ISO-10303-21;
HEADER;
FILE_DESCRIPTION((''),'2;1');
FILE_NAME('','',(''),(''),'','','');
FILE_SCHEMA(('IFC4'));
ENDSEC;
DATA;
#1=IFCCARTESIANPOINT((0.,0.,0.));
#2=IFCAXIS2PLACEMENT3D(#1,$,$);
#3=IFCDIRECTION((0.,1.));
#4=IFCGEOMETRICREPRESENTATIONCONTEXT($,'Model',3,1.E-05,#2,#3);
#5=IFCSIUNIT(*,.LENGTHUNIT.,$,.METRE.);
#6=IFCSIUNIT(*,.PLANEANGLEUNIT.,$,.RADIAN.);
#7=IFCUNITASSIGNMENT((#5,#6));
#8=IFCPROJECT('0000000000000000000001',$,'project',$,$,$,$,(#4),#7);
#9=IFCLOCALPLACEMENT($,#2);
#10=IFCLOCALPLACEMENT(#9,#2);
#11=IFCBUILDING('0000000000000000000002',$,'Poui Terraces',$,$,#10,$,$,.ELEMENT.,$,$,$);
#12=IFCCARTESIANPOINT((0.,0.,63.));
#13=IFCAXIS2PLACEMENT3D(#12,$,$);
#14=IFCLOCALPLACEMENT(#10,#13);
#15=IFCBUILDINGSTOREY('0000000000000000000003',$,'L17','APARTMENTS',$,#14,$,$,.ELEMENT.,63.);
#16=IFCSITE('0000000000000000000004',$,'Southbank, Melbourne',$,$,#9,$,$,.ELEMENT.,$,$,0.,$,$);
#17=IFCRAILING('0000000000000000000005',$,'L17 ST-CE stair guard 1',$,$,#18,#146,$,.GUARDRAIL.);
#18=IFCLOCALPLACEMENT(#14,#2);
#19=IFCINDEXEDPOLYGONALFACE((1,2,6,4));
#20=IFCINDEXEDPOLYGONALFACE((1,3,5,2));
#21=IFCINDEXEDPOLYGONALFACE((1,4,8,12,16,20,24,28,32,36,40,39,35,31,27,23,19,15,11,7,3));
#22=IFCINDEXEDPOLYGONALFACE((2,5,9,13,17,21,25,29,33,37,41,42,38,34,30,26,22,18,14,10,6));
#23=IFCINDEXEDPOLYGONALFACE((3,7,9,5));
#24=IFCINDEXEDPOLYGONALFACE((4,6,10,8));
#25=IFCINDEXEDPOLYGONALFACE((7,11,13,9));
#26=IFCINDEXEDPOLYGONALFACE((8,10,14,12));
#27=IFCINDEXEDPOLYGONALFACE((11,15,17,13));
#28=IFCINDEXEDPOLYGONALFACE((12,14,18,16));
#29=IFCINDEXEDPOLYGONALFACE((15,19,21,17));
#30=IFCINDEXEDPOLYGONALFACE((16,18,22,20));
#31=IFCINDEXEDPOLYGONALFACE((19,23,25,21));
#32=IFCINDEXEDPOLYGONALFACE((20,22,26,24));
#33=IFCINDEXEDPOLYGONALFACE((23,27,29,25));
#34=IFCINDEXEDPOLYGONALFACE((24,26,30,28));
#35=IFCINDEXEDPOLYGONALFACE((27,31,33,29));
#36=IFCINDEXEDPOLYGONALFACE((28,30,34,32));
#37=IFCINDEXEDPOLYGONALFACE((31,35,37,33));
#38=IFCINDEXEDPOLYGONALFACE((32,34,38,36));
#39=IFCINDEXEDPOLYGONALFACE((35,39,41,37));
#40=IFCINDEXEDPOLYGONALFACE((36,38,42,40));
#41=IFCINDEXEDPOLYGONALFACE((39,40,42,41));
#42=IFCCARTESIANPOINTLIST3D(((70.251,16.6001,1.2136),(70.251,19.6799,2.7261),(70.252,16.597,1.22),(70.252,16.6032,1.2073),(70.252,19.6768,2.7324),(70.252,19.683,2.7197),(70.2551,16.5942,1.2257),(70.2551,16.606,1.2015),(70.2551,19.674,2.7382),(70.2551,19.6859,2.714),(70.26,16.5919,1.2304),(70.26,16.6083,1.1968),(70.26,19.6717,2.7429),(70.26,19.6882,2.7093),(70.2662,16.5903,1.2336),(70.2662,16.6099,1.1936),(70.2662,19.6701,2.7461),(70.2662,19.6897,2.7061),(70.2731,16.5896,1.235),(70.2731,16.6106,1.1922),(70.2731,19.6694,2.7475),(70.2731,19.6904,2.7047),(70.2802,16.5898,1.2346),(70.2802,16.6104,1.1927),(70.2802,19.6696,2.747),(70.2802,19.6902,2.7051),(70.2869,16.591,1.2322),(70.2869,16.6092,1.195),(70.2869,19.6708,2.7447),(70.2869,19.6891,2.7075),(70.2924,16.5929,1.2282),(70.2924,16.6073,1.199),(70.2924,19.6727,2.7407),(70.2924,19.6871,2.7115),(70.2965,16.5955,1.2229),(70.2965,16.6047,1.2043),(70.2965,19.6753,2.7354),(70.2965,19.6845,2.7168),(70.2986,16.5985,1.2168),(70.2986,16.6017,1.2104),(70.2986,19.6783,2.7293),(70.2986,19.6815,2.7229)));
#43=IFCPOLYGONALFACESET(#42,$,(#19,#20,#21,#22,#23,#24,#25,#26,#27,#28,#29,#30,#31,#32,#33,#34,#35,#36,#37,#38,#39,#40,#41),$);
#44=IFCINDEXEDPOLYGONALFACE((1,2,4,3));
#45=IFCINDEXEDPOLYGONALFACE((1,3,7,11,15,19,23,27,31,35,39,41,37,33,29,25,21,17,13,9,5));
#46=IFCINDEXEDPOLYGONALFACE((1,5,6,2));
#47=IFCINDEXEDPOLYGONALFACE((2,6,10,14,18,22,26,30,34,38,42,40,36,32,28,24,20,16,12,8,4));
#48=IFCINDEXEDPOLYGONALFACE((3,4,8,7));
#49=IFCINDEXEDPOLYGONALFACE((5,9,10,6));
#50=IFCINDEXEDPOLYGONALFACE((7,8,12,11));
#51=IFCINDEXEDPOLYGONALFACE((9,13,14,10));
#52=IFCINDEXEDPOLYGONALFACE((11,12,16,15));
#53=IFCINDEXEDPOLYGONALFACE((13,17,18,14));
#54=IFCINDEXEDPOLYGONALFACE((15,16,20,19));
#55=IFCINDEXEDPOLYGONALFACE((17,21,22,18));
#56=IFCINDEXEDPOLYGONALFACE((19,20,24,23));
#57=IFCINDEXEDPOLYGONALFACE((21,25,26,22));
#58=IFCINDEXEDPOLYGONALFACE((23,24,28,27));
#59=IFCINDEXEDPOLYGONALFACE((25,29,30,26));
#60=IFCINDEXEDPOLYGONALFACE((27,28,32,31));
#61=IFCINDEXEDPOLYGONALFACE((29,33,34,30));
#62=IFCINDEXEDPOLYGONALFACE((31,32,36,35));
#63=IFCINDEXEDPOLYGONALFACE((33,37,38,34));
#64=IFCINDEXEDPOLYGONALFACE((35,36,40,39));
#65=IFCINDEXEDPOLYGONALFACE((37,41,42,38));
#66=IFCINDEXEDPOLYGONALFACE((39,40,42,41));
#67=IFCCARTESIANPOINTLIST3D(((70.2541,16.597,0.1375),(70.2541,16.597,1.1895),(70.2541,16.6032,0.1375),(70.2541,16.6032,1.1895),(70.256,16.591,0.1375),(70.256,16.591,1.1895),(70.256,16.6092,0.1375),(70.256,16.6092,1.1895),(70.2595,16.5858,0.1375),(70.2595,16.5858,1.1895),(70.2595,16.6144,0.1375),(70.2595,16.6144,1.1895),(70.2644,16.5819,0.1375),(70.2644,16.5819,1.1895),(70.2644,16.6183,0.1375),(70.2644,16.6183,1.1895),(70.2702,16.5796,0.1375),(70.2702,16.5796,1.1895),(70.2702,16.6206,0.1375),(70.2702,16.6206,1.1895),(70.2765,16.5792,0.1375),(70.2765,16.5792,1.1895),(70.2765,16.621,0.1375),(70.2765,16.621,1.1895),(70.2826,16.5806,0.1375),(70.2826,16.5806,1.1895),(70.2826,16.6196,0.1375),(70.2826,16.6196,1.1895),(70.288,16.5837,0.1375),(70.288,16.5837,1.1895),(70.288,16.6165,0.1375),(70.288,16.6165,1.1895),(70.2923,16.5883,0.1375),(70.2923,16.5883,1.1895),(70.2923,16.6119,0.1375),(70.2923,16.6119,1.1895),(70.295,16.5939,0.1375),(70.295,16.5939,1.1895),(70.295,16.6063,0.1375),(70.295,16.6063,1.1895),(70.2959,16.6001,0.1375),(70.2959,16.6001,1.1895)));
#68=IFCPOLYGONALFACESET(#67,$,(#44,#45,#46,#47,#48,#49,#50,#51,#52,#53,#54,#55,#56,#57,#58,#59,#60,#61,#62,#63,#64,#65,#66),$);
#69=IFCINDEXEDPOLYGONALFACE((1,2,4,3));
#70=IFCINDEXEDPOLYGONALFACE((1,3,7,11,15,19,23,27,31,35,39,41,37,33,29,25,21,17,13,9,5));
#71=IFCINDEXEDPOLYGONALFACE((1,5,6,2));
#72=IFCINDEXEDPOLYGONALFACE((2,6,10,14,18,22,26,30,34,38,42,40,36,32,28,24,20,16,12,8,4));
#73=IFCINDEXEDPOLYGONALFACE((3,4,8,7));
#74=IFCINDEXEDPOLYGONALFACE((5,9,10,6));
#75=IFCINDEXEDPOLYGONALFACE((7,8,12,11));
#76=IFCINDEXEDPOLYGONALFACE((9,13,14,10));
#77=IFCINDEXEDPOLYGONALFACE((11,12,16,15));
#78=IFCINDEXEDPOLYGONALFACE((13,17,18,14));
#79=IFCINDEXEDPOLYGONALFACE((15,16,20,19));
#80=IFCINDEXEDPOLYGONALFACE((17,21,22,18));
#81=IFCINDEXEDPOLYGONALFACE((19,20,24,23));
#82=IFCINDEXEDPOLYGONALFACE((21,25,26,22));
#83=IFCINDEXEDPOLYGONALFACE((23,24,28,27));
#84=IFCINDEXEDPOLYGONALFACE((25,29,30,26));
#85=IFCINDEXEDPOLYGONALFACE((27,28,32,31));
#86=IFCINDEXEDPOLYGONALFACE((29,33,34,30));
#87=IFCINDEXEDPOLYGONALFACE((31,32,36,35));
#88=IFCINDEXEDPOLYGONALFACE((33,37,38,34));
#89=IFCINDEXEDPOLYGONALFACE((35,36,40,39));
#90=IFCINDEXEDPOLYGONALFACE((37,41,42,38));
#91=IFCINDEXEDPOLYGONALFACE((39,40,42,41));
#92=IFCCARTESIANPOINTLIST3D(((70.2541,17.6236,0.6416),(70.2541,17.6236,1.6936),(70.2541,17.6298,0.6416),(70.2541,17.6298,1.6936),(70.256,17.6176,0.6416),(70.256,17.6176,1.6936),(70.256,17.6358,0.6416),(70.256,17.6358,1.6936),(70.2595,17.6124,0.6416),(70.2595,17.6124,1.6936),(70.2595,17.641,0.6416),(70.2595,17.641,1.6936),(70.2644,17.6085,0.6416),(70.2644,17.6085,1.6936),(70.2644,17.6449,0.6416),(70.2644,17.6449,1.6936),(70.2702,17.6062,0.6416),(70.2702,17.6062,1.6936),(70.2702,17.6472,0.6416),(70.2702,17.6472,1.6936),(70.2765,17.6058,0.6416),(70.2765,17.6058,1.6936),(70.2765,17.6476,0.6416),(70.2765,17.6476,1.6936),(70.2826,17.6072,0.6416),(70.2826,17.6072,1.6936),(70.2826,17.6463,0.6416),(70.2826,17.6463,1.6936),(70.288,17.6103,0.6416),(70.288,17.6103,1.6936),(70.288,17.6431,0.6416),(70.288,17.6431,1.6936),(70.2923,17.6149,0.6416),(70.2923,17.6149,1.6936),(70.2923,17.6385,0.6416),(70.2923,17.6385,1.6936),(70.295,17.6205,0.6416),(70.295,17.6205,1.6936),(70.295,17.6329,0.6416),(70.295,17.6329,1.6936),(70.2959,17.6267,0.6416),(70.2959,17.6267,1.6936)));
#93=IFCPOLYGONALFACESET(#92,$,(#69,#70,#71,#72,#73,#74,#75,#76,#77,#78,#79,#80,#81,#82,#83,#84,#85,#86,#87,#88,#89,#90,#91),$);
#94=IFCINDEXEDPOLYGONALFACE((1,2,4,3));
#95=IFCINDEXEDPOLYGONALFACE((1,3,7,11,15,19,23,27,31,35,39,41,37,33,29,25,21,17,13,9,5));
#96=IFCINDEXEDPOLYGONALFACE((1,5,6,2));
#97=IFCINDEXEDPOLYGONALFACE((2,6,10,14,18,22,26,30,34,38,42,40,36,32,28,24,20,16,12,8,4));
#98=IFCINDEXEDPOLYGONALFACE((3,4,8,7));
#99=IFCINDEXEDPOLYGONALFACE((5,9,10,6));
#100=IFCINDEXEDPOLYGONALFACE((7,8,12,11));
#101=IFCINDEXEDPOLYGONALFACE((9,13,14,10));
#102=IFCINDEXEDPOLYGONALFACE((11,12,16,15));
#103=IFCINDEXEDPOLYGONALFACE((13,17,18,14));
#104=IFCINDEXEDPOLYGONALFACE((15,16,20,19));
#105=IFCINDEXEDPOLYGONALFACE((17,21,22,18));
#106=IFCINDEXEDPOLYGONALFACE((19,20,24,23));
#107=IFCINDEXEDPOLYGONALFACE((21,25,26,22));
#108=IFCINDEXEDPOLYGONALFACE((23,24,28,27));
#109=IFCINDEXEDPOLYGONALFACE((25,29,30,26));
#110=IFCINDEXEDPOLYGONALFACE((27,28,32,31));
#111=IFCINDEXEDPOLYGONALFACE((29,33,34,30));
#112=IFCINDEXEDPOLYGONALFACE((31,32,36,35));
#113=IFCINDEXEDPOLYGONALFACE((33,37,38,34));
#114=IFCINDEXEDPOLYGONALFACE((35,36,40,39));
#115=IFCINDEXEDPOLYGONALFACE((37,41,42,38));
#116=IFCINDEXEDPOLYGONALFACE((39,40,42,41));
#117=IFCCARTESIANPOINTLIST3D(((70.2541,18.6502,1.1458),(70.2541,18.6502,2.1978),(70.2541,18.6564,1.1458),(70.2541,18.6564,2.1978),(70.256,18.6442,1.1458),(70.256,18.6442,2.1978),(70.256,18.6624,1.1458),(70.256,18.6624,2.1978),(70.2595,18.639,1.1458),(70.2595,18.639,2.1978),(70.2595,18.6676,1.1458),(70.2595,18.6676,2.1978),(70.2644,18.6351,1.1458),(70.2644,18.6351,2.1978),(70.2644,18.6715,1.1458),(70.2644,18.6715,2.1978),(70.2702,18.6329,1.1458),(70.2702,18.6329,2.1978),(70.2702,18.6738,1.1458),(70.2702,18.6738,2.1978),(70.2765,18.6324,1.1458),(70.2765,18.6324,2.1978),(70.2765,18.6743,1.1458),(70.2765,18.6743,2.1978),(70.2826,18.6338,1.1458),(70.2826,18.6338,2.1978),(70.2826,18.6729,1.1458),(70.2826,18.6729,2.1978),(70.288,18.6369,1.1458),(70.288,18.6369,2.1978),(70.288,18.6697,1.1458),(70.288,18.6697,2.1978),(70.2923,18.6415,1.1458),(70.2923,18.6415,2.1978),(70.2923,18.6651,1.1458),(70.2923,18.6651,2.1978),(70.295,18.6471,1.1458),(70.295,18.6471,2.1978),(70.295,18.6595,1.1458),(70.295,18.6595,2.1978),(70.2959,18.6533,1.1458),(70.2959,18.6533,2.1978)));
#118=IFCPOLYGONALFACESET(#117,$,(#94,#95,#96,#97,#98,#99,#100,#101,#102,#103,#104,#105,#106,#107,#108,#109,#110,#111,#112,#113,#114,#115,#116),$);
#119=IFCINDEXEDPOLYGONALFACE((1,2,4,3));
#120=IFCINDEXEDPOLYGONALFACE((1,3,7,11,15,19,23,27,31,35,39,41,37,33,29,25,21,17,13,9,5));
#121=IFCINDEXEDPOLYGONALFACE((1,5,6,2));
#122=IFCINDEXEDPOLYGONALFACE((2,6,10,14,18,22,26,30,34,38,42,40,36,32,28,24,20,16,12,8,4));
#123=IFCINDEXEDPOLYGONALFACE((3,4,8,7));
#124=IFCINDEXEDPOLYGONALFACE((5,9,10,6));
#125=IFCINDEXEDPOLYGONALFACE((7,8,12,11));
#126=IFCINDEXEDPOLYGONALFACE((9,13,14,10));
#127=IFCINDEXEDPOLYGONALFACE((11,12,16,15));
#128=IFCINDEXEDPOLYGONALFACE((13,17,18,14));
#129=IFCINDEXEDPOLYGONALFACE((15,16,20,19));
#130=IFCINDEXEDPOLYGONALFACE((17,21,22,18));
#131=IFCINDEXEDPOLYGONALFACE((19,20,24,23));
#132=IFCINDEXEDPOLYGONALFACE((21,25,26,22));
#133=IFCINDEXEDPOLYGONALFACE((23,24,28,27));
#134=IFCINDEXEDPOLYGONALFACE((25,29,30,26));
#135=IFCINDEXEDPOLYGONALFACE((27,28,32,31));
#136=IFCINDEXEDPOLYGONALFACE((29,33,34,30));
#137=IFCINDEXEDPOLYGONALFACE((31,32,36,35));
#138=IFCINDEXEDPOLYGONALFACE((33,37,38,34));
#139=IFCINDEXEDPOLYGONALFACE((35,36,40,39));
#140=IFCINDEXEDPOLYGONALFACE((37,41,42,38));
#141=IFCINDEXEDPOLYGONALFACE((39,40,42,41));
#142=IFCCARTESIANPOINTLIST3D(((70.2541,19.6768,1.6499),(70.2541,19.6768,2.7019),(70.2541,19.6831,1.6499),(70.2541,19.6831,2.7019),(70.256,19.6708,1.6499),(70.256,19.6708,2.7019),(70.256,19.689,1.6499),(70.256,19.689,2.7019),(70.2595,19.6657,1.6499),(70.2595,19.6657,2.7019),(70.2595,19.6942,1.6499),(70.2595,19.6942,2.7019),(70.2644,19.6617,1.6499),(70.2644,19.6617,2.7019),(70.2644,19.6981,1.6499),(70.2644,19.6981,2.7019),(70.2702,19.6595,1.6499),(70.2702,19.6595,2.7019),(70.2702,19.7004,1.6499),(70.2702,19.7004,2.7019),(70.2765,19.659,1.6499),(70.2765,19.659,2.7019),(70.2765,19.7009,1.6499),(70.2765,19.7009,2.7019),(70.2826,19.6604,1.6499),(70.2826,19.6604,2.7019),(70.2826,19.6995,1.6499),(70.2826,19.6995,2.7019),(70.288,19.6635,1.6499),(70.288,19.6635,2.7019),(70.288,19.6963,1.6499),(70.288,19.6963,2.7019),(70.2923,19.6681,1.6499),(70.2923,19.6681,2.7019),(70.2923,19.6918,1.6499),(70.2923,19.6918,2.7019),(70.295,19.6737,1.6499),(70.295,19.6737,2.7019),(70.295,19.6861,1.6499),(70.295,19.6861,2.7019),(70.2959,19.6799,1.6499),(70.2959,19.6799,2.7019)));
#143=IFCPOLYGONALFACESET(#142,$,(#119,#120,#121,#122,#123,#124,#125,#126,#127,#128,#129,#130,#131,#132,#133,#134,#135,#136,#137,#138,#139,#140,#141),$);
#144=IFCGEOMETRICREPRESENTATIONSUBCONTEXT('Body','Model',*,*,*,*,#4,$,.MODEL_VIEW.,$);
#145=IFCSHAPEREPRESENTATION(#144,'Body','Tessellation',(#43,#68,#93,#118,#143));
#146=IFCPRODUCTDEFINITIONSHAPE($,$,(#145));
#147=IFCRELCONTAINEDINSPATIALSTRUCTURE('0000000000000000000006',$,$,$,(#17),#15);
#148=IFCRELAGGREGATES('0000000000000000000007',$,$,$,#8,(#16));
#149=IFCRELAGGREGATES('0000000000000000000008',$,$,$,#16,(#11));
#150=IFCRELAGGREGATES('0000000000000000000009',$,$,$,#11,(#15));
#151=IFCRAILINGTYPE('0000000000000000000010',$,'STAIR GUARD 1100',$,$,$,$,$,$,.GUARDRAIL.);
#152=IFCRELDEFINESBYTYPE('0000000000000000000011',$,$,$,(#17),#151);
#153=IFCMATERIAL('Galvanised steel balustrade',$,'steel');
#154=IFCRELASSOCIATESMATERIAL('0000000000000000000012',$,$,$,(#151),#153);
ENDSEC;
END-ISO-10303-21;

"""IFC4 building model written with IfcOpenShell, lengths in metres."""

from ifc_helpers import new_model, si_unit, direction, frame, origin, origin_2d, place, context, subcontext, project, spatial, circle, extrude, material, type_object, element, save


model = new_model("IFC4")

# Units and contexts
model_context = context("Model", 3, precision=1e-05, world=origin(), true_north=direction((0.0, 1.0)))
body_context = subcontext(model_context, "Body", "Model", "MODEL_VIEW")
ifc_project = project(units=[si_unit("LENGTHUNIT", "METRE"), si_unit("PLANEANGLEUNIT", "RADIAN")], contexts=[model_context])

# Site, building, storey
site_placement = place(None, origin())
site = spatial("IfcSite", under=ifc_project, at=site_placement, Name="Southbank, Melbourne", CompositionType="ELEMENT", RefElevation=0.0)
building_placement = place(site_placement, origin())
building = spatial("IfcBuilding", under=site, at=building_placement, Name="Poui Terraces", CompositionType="ELEMENT")
storey_placement = place(building_placement, frame((0.0, 0.0, 63.0)))
storey = spatial("IfcBuildingStorey", under=building, at=storey_placement, Name="L17", Description="APARTMENTS", CompositionType="ELEMENT", Elevation=63.0)

# Railing
ifc_material_1 = material(Name="Galvanised steel balustrade", Category="steel")
railing_type_1 = type_object("IfcRailingType", Name="STAIR GUARD 1100", PredefinedType="GUARDRAIL", material=ifc_material_1)
railing_1_placement = place(storey_placement, frame((70.2749, 16.6001, 0.1375)))
element("IfcRailing", 1, at=railing_1_placement, inside=storey, type_object=railing_type_1, Name="L17 ST-CE stair guard 1", PredefinedType="GUARDRAIL", context=body_context, shape_type="SweptSolid", body=[
    extrude(circle(Radius=0.0239, at=origin_2d()), frame((0.0, 0.0, 1.0762), z_axis=(0.0, 0.897606, 0.440798), x_axis=(-1.0, 0.0, 0.0)), (0.0, 0.0, 1.0), 3.4312),
    extrude(circle(Radius=0.021, at=origin_2d()), origin(), (0.0, 0.0, 1.0), 1.052),
    extrude(circle(Radius=0.021, at=origin_2d()), frame((0.0, 1.0266, 0.5042)), (0.0, 0.0, 1.0), 1.052),
    extrude(circle(Radius=0.021, at=origin_2d()), frame((0.0, 2.0532, 1.0083)), (0.0, 0.0, 1.0), 1.052),
    extrude(circle(Radius=0.021, at=origin_2d()), frame((0.0, 3.0798, 1.5125)), (0.0, 0.0, 1.0), 1.052),
])

save(model, "model.ifc")
